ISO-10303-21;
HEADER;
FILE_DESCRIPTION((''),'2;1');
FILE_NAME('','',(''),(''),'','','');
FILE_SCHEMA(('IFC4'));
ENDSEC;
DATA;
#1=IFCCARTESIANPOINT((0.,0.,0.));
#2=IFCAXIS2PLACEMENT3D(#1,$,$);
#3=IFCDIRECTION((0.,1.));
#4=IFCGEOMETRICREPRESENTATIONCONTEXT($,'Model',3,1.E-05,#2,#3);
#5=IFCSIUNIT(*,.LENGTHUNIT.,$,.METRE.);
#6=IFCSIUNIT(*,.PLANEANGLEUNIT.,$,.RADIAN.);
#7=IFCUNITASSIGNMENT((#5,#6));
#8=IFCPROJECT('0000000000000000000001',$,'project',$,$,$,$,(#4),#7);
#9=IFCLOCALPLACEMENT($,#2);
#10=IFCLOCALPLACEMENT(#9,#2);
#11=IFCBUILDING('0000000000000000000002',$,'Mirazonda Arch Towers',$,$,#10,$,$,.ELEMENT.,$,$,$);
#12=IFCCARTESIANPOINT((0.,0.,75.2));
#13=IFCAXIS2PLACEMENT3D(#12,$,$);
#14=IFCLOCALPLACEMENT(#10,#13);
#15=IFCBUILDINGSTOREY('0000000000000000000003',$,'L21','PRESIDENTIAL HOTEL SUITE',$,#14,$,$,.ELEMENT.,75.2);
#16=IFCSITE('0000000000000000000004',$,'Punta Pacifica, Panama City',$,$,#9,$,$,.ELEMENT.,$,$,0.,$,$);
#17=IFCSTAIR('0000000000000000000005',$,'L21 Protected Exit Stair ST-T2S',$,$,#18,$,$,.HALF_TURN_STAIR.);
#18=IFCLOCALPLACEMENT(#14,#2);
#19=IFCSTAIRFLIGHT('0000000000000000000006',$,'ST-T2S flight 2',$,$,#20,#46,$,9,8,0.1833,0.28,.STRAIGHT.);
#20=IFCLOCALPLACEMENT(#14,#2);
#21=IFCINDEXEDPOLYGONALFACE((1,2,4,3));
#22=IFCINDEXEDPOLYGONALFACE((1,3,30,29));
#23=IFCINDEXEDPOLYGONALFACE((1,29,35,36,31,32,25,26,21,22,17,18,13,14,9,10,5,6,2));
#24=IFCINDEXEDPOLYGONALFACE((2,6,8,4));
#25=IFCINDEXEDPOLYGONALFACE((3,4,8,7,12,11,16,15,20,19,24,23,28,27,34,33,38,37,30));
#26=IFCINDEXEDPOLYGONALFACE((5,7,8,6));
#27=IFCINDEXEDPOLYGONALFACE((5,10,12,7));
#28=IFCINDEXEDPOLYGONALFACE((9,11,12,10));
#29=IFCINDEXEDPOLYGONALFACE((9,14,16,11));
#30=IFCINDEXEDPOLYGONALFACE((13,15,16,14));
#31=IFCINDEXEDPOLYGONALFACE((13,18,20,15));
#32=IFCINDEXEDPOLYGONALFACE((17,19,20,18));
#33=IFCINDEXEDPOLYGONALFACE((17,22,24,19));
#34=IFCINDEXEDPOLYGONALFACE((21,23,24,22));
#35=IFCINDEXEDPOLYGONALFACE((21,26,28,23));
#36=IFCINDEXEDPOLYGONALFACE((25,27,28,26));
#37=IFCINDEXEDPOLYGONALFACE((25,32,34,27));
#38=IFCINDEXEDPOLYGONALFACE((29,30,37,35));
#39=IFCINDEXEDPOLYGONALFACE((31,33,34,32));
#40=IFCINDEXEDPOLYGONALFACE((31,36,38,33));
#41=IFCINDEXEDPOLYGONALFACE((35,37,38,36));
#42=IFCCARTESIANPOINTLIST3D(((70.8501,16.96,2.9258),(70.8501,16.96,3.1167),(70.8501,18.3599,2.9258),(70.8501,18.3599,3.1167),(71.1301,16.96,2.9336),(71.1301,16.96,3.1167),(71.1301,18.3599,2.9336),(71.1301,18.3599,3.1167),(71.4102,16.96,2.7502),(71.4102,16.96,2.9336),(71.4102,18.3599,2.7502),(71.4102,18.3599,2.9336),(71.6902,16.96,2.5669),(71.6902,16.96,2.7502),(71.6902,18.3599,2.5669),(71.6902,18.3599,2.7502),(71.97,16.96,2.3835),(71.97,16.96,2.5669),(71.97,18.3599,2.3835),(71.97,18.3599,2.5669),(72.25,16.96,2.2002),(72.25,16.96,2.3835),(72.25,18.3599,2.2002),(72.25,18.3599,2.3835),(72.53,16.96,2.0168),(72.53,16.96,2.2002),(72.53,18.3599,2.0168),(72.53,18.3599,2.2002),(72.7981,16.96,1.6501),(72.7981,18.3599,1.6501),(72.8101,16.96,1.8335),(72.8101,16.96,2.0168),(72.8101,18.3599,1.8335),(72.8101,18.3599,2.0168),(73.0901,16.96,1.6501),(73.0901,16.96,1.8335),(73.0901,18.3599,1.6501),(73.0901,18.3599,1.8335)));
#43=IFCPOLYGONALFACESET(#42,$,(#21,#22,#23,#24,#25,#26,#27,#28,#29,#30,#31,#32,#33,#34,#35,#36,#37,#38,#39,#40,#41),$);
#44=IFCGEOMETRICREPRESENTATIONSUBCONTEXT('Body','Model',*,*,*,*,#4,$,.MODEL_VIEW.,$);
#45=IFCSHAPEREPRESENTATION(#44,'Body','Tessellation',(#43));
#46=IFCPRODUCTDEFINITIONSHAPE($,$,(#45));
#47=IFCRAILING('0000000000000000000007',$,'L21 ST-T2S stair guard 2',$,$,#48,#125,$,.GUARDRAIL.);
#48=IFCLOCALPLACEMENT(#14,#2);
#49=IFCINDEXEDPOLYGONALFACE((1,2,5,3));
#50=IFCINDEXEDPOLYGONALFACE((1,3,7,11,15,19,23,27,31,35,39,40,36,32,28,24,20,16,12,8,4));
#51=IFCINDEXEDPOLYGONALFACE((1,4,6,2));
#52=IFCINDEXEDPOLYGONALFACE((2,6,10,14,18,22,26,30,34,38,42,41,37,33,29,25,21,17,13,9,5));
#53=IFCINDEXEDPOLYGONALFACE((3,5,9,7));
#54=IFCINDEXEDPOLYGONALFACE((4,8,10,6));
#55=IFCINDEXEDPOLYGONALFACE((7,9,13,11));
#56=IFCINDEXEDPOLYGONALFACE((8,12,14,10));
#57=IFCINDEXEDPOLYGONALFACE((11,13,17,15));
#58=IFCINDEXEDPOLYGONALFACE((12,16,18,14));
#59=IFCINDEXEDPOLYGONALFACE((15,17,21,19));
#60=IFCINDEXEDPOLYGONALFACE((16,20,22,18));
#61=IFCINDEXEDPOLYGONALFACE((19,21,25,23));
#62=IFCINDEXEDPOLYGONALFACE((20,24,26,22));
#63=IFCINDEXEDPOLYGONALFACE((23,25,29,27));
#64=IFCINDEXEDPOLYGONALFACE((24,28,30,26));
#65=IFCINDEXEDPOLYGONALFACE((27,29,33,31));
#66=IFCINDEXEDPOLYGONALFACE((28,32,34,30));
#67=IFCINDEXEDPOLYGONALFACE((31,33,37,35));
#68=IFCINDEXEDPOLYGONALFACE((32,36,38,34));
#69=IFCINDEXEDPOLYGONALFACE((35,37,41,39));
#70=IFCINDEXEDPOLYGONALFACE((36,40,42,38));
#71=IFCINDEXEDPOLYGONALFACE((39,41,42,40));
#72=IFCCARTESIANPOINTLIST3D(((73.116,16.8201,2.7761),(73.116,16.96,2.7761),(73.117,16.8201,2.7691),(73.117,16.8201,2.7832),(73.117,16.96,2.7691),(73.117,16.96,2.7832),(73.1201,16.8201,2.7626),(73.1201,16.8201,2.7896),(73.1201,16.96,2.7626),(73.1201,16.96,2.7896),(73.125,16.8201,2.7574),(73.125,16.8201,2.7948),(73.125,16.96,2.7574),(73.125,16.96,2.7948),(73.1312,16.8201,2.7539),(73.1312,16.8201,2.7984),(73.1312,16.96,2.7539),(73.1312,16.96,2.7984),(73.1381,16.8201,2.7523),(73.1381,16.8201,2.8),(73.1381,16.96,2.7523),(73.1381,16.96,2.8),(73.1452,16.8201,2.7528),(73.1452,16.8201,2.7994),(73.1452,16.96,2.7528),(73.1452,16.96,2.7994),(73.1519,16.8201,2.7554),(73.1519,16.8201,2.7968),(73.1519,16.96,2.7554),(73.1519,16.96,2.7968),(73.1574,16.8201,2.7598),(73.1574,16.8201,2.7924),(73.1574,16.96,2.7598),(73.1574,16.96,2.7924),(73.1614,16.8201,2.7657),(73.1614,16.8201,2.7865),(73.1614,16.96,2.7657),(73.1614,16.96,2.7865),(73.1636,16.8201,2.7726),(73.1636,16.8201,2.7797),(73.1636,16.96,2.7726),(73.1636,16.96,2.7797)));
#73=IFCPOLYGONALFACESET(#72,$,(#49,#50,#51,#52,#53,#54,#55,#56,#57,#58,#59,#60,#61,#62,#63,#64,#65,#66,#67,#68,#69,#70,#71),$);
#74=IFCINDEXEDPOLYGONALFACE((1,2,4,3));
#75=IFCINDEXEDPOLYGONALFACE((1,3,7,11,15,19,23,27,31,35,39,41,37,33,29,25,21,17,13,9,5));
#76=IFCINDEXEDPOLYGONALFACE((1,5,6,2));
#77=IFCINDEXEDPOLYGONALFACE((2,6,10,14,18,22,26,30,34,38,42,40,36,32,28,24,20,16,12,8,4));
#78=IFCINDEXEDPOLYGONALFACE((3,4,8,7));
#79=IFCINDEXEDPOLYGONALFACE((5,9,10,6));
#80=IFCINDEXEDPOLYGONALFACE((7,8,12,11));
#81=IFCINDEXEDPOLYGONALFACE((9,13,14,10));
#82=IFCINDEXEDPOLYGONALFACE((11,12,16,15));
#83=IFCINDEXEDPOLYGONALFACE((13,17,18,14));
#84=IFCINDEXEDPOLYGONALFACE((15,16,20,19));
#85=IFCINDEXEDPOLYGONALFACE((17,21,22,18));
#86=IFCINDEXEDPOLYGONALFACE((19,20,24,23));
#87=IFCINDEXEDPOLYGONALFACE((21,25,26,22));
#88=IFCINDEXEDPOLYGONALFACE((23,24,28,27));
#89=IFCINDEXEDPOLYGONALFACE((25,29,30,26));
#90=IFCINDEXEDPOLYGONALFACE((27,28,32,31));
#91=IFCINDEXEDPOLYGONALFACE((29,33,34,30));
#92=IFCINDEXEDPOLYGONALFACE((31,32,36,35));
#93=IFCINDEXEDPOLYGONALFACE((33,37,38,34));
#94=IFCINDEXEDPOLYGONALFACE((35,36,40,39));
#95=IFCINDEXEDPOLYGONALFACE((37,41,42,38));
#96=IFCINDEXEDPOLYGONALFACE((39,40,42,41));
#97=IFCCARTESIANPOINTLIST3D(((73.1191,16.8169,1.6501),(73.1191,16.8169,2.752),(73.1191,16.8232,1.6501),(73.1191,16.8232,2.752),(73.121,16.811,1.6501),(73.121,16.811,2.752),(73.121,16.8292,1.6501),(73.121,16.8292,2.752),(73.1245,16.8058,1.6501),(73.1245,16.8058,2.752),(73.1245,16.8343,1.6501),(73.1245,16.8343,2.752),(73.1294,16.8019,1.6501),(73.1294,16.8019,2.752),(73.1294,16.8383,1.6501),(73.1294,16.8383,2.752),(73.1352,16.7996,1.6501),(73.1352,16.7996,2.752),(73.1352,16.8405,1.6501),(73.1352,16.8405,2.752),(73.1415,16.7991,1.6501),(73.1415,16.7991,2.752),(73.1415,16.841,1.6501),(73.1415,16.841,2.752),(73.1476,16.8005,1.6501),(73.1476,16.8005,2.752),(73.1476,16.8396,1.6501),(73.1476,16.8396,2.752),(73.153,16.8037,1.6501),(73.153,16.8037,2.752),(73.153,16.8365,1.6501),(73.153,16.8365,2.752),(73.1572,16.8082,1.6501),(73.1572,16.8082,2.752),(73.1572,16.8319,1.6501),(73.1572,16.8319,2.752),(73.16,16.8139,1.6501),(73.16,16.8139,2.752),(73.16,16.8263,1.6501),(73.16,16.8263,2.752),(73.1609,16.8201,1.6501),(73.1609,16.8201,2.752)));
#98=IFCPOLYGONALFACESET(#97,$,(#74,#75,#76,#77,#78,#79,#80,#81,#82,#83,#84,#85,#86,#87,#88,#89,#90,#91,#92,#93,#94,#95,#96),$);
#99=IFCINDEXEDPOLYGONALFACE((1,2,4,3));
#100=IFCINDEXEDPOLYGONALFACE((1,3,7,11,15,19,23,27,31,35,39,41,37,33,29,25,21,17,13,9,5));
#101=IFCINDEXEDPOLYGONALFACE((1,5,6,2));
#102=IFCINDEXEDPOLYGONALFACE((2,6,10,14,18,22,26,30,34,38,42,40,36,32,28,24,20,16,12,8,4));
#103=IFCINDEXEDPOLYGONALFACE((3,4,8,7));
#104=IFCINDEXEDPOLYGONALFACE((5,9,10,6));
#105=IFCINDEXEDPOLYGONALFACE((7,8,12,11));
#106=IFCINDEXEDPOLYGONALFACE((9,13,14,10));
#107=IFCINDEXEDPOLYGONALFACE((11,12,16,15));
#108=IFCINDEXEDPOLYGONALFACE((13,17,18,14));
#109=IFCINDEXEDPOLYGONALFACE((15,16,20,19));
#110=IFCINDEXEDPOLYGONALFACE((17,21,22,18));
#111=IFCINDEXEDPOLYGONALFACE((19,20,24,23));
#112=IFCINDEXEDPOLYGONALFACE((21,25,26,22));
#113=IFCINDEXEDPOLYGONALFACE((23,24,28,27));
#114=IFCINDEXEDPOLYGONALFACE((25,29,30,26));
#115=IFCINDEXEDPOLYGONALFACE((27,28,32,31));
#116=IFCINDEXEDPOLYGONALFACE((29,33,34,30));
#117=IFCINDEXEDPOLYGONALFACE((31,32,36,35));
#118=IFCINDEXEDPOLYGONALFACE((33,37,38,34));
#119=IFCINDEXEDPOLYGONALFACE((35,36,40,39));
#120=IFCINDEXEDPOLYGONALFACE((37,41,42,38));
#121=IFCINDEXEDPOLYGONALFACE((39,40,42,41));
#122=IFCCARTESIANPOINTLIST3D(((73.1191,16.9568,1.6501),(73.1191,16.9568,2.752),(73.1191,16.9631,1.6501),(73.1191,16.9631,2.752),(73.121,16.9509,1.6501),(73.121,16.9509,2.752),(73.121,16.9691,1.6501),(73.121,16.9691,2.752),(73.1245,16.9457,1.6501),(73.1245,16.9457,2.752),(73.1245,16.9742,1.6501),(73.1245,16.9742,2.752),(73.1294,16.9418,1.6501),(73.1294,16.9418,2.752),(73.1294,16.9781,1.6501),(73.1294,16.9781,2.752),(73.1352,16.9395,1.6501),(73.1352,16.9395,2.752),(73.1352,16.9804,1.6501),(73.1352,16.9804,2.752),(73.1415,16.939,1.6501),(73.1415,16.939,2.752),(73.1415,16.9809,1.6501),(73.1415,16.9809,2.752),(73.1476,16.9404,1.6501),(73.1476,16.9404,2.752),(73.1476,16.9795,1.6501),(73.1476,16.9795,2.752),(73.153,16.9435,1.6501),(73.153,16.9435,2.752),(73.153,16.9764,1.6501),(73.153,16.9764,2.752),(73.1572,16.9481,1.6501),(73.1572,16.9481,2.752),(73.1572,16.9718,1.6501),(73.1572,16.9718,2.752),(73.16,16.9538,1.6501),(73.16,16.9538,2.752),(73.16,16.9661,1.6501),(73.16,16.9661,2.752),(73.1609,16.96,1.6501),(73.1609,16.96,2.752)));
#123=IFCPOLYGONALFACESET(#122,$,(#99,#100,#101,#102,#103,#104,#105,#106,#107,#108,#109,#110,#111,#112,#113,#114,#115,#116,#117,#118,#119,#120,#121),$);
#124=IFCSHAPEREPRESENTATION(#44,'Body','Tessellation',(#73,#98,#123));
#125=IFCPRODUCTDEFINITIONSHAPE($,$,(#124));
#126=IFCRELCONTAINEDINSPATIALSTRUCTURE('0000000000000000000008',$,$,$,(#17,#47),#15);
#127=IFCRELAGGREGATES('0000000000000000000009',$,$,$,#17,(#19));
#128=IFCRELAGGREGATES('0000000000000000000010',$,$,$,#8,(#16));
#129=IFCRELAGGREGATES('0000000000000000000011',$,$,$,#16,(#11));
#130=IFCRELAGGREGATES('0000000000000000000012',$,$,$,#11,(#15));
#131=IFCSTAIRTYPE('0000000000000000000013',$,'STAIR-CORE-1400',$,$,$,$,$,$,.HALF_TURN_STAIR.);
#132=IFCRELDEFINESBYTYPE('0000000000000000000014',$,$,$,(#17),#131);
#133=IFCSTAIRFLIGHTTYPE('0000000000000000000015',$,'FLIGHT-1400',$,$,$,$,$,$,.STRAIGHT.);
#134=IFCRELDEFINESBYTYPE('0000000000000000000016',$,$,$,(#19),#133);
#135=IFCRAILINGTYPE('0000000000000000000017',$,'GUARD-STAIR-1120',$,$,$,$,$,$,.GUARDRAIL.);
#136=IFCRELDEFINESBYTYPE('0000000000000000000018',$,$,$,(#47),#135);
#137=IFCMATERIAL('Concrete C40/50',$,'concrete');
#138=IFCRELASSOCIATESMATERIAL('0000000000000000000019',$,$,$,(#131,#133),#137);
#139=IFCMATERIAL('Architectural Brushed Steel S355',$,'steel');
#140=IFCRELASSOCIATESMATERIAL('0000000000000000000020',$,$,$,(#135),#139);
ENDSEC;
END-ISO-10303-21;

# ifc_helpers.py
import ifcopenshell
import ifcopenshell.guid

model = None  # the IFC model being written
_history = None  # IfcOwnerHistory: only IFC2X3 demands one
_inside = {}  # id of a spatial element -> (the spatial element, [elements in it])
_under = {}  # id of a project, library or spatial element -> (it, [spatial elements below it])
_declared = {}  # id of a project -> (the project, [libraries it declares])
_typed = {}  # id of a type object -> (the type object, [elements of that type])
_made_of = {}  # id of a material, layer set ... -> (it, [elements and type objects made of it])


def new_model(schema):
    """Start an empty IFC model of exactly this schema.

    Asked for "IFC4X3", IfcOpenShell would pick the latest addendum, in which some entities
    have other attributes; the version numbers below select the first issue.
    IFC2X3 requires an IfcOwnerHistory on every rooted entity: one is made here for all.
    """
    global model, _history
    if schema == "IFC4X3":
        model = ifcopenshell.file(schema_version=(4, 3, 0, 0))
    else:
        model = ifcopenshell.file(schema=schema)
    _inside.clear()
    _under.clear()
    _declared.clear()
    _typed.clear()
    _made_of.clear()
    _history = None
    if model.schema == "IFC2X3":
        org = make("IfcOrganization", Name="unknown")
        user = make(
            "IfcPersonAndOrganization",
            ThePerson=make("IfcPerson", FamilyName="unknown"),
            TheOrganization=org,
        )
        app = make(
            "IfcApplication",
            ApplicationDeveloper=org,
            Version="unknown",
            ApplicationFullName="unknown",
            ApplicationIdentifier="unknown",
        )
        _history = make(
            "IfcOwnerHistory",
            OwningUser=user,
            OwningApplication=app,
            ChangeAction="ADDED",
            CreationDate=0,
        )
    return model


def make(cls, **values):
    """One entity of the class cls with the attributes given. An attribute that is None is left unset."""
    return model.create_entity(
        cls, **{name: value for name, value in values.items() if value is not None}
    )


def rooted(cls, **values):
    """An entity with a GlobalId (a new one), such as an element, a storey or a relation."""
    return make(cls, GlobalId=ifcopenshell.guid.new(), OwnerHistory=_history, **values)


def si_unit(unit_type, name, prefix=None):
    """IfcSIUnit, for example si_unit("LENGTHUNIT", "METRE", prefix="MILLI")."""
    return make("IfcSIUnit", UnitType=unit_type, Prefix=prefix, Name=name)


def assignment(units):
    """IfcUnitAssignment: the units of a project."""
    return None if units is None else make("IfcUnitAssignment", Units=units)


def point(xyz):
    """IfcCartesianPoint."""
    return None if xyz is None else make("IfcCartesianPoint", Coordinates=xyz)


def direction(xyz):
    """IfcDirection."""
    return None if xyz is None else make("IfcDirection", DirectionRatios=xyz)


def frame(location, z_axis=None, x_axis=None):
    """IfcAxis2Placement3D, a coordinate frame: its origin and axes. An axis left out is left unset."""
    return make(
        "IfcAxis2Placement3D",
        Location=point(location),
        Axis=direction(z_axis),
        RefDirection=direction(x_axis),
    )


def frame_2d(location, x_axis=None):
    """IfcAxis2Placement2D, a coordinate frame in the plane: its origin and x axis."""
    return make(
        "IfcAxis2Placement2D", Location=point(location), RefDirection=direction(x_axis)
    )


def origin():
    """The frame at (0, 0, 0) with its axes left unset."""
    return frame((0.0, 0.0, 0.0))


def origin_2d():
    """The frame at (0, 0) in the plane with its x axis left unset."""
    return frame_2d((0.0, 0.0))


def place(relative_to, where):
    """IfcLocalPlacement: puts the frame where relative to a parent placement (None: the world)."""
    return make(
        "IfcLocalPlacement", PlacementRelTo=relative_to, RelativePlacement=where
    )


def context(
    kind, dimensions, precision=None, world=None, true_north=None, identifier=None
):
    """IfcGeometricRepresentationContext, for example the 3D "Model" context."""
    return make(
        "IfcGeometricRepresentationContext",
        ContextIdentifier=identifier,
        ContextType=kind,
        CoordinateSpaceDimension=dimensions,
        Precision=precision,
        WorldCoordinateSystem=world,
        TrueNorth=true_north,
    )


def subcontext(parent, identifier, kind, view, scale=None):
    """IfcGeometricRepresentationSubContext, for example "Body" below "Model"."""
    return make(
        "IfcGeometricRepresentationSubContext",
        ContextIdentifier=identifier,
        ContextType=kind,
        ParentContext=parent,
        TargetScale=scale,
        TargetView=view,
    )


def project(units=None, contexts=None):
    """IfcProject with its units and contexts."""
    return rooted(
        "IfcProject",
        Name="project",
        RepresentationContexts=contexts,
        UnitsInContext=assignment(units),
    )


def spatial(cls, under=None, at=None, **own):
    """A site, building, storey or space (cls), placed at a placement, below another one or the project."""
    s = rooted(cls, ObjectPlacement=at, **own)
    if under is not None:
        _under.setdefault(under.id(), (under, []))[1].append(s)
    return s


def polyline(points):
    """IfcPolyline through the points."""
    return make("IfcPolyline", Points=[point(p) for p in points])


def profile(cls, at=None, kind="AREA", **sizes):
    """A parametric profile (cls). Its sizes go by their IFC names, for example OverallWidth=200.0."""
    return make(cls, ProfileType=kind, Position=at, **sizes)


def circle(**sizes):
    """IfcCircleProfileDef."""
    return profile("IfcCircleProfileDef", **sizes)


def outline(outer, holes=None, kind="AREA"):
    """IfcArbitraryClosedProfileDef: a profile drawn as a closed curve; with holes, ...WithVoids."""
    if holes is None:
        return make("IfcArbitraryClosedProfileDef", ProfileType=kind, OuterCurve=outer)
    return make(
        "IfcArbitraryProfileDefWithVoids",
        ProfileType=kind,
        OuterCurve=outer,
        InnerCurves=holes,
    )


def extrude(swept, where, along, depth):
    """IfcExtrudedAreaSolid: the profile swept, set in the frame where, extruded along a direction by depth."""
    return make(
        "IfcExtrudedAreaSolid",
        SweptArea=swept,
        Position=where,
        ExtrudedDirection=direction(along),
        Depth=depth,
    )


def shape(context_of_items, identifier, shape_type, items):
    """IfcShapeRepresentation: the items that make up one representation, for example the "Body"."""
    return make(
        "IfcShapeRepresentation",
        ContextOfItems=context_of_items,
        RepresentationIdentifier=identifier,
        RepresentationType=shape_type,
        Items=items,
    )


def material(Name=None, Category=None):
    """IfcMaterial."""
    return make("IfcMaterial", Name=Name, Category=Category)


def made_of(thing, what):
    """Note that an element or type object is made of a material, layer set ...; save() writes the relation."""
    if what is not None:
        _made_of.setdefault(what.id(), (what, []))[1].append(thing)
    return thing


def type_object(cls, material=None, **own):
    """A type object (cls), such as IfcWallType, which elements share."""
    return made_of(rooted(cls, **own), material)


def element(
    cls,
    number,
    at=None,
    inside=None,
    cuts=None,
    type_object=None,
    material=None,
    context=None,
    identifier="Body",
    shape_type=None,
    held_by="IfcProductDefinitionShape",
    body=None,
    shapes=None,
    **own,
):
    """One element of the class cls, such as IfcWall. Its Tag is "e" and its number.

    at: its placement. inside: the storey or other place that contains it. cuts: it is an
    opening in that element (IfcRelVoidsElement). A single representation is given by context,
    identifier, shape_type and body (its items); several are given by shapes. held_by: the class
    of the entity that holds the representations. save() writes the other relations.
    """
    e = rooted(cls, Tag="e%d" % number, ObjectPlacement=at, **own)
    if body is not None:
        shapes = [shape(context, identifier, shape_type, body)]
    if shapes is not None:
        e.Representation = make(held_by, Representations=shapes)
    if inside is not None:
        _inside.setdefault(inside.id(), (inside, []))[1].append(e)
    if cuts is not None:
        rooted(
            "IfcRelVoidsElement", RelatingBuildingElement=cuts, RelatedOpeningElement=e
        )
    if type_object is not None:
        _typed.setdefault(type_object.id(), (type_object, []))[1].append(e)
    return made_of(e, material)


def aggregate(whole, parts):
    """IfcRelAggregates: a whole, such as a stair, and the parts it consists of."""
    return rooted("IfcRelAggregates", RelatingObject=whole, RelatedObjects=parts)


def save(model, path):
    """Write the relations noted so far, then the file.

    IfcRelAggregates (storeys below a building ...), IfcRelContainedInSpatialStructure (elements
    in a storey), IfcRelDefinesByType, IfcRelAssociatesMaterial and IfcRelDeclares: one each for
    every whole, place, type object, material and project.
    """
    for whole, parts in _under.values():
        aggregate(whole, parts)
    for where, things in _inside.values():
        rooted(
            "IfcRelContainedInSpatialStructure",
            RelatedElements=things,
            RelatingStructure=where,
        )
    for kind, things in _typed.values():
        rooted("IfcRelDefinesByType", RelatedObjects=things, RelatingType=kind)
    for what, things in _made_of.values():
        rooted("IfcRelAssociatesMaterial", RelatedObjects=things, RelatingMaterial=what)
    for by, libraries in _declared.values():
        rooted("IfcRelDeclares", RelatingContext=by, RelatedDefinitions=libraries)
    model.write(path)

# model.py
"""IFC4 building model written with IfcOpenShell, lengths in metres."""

from ifc_helpers import new_model, si_unit, direction, frame, origin, origin_2d, place, context, subcontext, project, spatial, polyline, circle, outline, extrude, material, type_object, element, aggregate, save


model = new_model("IFC4")

# Units and contexts
model_context = context("Model", 3, precision=1e-05, world=origin(), true_north=direction((0.0, 1.0)))
body_context = subcontext(model_context, "Body", "Model", "MODEL_VIEW")
ifc_project = project(units=[si_unit("LENGTHUNIT", "METRE"), si_unit("PLANEANGLEUNIT", "RADIAN")], contexts=[model_context])

# Site, building, storey
site_placement = place(None, origin())
site = spatial("IfcSite", under=ifc_project, at=site_placement, Name="Punta Pacifica, Panama City", CompositionType="ELEMENT", RefElevation=0.0)
building_placement = place(site_placement, origin())
building = spatial("IfcBuilding", under=site, at=building_placement, Name="Mirazonda Arch Towers", CompositionType="ELEMENT")
storey_placement = place(building_placement, frame((0.0, 0.0, 75.2)))
storey = spatial("IfcBuildingStorey", under=building, at=storey_placement, Name="L21", Description="PRESIDENTIAL HOTEL SUITE", CompositionType="ELEMENT", Elevation=75.2)

# Shared definitions
ifc_material_1 = material(Name="Concrete C40/50", Category="concrete")

# Stair, stair flight
stair_type = type_object("IfcStairType", Name="STAIR-CORE-1400", PredefinedType="HALF_TURN_STAIR", material=ifc_material_1)
stair_placement = place(storey_placement, origin())
stair = element("IfcStair", 1, at=stair_placement, inside=storey, type_object=stair_type, Name="L21 Protected Exit Stair ST-T2S", PredefinedType="HALF_TURN_STAIR")
stair_flight_type = type_object("IfcStairFlightType", Name="FLIGHT-1400", PredefinedType="STRAIGHT", material=ifc_material_1)
stair_flight_placement = place(storey_placement, frame((73.0901, 17.6599, 1.6501), z_axis=(0.0, 0.0, 1.0), x_axis=(-1.0, 0.0, 0.0)))
stair_flight = element("IfcStairFlight", 2, at=stair_flight_placement, type_object=stair_flight_type, Name="ST-T2S flight 2", NumberOfRisers=9, NumberOfTreads=8, PredefinedType="STRAIGHT", RiserHeight=0.1833, TreadLength=0.28, context=body_context, shape_type="SweptSolid", body=[
    extrude(outline(polyline([(0.0, 0.0), (0.0, 0.1833), (0.28, 0.1833), (0.28, 0.3667), (0.5601, 0.3667), (0.5601, 0.55), (0.8401, 0.55), (0.8401, 0.7334), (1.1201, 0.7334), (1.1201, 0.9167), (1.3999, 0.9167), (1.3999, 1.1001), (1.6799, 1.1001), (1.6799, 1.2834), (1.96, 1.2834), (1.96, 1.4666), (2.24, 1.4666), (2.24, 1.6499), (2.24, 1.2756), (0.292, 0.0), (0.0, 0.0)])), frame((0.0, 0.7, 0.0), z_axis=(0.0, -1.0, 0.0), x_axis=(1.0, 0.0, 0.0)), (0.0, 0.0, 1.0), 1.3999),
])
aggregate(stair, [stair_flight])

# Railing
ifc_material_2 = material(Name="Architectural Brushed Steel S355", Category="steel")
railing_type_1 = type_object("IfcRailingType", Name="GUARD-STAIR-1120", PredefinedType="GUARDRAIL", material=ifc_material_2)
railing_1_placement = place(storey_placement, frame((73.1399, 16.8201, 1.6501)))
element("IfcRailing", 3, at=railing_1_placement, inside=storey, type_object=railing_type_1, Name="L21 ST-T2S stair guard 2", PredefinedType="GUARDRAIL", context=body_context, shape_type="SweptSolid", body=[
    extrude(circle(Radius=0.0239, at=origin_2d()), frame((0.0, 0.0, 1.126), z_axis=(0.0, 1.0, 0.0), x_axis=(-1.0, 0.0, 0.0)), (0.0, 0.0, 1.0), 0.1399),
    extrude(circle(Radius=0.021, at=origin_2d()), origin(), (0.0, 0.0, 1.0), 1.1018),
    extrude(circle(Radius=0.021, at=origin_2d()), frame((0.0, 0.1399, 0.0)), (0.0, 0.0, 1.0), 1.1018),
])

save(model, "model.ifc")
